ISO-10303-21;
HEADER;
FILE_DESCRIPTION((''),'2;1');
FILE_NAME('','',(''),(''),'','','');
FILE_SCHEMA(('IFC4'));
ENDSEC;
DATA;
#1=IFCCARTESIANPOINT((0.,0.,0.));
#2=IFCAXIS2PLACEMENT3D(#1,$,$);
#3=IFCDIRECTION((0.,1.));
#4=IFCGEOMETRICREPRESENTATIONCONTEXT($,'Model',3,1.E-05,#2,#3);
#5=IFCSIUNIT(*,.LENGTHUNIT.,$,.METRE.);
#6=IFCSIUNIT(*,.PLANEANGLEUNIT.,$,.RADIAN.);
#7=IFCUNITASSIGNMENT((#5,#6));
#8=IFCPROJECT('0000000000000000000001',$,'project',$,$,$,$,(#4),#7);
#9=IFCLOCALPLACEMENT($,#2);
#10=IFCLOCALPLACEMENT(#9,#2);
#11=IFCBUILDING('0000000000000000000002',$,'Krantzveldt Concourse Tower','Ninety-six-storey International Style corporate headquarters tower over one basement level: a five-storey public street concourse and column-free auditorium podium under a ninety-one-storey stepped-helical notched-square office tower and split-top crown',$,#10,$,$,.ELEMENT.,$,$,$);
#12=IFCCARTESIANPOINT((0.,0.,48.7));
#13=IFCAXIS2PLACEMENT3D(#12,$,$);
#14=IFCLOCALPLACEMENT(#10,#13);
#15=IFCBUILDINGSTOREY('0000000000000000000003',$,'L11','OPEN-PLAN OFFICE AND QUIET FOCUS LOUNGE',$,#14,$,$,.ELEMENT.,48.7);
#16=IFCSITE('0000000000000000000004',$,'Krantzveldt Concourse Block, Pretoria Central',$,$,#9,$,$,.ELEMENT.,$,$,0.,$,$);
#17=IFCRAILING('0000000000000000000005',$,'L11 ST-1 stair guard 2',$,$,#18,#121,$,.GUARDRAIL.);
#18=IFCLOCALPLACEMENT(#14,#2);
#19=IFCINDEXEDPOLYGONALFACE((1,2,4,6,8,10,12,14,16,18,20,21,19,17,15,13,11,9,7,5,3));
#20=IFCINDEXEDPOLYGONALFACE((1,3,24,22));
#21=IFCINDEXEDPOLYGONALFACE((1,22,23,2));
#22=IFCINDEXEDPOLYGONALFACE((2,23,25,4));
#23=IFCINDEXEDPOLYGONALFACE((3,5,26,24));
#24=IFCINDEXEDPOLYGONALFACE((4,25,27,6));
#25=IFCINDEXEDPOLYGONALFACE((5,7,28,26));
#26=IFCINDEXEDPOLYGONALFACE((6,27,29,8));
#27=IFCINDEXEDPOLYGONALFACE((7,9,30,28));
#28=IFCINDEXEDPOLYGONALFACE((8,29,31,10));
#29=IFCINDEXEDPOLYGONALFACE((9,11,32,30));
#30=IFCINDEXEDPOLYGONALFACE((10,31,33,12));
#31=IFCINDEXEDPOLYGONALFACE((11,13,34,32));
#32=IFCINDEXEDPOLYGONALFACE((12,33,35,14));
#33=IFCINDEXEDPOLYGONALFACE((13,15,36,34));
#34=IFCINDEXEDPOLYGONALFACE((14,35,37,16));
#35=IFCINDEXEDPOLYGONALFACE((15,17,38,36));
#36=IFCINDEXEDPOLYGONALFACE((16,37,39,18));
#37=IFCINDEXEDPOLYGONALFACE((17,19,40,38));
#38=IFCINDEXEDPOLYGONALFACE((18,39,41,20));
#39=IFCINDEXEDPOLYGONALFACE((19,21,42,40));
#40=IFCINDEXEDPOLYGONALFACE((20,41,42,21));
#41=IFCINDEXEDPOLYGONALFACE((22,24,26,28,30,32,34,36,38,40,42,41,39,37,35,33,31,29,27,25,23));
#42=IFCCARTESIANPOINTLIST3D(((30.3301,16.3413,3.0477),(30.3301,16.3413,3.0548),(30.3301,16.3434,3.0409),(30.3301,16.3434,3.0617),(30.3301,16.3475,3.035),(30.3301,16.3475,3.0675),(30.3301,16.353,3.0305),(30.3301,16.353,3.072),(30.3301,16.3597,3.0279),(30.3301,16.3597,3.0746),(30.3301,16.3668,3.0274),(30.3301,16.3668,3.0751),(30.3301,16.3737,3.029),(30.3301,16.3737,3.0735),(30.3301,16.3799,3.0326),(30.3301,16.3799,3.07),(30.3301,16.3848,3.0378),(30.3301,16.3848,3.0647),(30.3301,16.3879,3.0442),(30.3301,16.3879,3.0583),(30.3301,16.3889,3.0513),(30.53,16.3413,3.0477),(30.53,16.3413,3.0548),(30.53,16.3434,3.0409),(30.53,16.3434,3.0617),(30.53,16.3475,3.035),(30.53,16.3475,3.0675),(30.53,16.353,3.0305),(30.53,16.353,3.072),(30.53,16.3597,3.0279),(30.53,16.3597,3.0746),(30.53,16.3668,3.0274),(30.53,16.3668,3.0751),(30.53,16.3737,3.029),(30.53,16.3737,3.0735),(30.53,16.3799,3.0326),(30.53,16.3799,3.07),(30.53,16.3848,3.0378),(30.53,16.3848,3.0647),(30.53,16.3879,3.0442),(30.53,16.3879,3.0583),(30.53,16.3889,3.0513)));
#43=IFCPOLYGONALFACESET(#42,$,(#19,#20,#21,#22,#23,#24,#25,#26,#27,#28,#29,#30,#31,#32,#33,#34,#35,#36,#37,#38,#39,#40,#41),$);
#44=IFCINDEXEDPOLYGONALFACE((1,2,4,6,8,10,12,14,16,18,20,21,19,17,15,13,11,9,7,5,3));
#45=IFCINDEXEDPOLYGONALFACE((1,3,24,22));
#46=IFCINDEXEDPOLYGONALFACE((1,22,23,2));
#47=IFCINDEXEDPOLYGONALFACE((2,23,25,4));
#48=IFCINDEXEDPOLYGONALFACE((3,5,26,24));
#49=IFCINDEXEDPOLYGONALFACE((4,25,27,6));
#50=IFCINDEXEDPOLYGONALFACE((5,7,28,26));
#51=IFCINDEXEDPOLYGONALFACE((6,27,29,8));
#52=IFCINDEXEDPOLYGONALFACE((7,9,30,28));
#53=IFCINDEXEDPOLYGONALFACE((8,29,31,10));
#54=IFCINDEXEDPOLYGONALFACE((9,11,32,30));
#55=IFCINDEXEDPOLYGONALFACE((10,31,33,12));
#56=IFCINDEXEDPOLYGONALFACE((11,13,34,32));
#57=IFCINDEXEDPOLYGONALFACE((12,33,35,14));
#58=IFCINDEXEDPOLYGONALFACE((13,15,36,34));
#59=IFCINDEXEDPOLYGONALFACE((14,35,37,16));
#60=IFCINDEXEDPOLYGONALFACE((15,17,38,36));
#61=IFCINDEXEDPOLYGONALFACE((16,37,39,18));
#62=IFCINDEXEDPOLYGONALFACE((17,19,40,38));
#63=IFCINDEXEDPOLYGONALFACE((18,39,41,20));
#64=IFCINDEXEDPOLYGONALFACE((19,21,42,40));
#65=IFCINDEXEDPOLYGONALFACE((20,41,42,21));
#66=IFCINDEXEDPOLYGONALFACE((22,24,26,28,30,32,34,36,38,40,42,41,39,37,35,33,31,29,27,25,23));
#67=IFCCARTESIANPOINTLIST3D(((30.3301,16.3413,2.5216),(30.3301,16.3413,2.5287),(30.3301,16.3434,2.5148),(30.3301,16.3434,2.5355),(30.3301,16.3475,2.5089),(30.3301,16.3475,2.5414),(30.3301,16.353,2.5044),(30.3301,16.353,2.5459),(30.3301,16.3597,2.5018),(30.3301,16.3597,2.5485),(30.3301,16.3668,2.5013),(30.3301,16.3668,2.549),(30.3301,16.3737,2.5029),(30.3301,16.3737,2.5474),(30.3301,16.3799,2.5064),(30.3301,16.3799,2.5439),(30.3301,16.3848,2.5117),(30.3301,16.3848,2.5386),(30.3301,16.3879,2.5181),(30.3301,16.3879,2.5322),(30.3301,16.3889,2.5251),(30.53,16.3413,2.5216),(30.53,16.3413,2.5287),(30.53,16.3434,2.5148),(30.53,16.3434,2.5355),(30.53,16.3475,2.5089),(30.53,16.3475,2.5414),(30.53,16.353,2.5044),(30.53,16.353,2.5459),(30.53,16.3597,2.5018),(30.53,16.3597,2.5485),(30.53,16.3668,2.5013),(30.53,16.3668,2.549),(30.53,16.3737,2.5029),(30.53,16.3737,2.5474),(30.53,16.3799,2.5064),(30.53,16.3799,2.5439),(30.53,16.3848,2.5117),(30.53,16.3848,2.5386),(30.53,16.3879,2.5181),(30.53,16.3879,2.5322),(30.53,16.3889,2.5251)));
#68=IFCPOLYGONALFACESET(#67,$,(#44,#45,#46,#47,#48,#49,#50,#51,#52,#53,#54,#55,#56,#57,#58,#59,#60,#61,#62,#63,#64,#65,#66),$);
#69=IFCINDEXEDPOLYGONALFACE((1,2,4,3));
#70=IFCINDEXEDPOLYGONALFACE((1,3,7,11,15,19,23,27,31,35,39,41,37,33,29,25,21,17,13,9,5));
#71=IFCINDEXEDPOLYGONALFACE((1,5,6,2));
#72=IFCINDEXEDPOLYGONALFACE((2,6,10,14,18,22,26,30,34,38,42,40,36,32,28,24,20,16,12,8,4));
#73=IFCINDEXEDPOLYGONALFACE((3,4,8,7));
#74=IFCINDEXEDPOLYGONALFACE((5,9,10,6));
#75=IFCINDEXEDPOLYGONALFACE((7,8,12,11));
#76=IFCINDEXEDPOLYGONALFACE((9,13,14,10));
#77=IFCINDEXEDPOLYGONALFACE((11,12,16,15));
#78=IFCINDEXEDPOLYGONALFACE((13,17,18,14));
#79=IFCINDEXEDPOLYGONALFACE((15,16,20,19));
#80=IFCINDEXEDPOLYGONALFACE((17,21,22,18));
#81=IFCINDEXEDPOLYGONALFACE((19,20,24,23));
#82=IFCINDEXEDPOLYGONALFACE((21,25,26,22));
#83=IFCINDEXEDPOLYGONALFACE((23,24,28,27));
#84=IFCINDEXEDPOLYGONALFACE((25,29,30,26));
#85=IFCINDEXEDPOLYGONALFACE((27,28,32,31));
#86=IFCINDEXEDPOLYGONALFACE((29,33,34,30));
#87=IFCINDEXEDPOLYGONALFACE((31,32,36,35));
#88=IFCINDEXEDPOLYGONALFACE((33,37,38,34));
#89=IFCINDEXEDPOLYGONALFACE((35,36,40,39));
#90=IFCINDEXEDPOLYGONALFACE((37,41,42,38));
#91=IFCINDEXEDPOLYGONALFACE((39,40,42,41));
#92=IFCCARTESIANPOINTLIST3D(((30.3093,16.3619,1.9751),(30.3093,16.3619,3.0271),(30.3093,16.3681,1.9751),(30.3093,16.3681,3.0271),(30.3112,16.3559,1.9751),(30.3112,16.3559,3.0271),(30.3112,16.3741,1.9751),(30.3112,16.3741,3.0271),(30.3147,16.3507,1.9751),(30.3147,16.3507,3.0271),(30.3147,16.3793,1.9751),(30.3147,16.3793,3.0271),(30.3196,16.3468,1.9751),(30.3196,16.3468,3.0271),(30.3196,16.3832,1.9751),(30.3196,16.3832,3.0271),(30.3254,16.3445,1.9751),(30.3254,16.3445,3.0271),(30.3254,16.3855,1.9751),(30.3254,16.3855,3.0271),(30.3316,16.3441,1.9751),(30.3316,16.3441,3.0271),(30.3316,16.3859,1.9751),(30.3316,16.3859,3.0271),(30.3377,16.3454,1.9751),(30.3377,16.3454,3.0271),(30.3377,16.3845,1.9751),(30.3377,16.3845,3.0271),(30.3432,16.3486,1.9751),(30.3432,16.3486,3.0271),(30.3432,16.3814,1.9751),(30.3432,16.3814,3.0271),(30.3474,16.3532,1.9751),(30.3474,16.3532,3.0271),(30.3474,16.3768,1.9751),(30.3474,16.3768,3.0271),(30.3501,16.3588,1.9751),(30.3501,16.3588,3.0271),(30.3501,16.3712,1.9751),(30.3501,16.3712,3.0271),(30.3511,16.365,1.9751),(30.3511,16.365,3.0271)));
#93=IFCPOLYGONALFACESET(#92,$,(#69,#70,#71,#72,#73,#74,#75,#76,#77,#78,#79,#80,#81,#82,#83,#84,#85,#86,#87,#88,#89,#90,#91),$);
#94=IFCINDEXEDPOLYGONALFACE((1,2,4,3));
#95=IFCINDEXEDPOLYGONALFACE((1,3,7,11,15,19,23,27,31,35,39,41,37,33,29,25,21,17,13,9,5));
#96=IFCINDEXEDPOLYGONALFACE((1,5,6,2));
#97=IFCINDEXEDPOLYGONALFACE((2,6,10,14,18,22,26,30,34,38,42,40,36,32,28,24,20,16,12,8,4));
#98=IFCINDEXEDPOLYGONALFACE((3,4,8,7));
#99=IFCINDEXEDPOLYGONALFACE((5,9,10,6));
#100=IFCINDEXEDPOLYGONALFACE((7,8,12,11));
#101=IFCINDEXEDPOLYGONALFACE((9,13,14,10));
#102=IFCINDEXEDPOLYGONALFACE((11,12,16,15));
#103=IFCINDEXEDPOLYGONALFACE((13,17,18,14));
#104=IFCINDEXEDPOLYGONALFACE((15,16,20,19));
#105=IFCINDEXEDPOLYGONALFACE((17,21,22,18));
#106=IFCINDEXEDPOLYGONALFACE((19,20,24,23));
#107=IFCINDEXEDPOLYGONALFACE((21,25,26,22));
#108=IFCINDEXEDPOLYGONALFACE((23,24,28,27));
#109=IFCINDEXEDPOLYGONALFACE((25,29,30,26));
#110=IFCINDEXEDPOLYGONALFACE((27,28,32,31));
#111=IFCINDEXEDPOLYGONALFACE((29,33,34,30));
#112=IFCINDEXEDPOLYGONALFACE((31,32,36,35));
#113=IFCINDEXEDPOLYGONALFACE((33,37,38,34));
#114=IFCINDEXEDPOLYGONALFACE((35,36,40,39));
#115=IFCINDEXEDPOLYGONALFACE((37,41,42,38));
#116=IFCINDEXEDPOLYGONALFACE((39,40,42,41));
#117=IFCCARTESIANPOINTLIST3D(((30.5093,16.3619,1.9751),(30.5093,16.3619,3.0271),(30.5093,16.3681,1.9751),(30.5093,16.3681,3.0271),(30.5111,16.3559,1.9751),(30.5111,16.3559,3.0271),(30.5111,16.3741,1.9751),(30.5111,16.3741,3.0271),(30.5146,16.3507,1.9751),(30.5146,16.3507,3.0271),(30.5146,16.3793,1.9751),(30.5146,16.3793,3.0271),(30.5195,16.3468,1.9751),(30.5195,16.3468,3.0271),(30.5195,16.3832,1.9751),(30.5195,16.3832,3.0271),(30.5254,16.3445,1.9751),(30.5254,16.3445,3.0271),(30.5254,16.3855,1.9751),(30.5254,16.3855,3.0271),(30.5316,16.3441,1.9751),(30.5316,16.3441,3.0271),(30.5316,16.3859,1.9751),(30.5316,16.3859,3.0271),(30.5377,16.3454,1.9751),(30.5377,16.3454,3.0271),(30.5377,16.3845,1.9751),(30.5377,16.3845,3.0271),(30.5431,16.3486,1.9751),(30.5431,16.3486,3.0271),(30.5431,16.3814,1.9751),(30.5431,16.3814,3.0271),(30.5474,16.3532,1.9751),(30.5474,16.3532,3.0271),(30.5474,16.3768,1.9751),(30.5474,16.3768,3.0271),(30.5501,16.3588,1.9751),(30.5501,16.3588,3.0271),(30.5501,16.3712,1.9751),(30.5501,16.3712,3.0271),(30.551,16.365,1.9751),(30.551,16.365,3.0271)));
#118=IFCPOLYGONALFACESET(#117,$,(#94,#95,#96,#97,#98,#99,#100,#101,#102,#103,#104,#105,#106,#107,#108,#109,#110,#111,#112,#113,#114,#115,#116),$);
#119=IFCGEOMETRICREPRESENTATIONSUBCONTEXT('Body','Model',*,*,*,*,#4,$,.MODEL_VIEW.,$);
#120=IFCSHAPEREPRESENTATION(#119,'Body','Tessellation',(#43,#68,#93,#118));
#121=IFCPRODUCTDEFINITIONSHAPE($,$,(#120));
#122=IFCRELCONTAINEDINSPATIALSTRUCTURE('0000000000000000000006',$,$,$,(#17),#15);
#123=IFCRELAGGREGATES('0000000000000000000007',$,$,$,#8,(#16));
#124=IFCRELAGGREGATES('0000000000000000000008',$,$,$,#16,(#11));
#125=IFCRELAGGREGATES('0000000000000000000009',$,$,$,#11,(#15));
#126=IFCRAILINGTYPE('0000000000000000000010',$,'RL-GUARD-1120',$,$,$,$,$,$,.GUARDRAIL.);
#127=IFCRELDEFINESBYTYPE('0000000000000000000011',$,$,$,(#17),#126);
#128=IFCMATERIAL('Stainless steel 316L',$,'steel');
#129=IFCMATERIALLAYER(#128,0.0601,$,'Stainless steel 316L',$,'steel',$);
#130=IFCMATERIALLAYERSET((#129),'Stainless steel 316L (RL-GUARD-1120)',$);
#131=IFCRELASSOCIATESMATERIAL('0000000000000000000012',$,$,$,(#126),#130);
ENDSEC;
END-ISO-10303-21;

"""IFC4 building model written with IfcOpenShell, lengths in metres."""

from ifc_helpers import new_model, si_unit, direction, frame, origin, origin_2d, place, context, subcontext, project, spatial, circle, extrude, material, layer, layer_set, type_object, element, save


model = new_model("IFC4")

# Units and contexts
model_context = context("Model", 3, precision=1e-05, world=origin(), true_north=direction((0.0, 1.0)))
body_context = subcontext(model_context, "Body", "Model", "MODEL_VIEW")
ifc_project = project(units=[si_unit("LENGTHUNIT", "METRE"), si_unit("PLANEANGLEUNIT", "RADIAN")], contexts=[model_context])

# Site, building, storey
site_placement = place(None, origin())
site = spatial("IfcSite", under=ifc_project, at=site_placement, Name="Krantzveldt Concourse Block, Pretoria Central", CompositionType="ELEMENT", RefElevation=0.0)
building_placement = place(site_placement, origin())
building = spatial("IfcBuilding", under=site, at=building_placement, Name="Krantzveldt Concourse Tower", Description="Ninety-six-storey International Style corporate headquarters tower over one basement level: a five-storey public street concourse and column-free auditorium podium under a ninety-one-storey stepped-helical notched-square office tower and split-top crown", CompositionType="ELEMENT")
storey_placement = place(building_placement, frame((0.0, 0.0, 48.7)))
storey = spatial("IfcBuildingStorey", under=building, at=storey_placement, Name="L11", Description="OPEN-PLAN OFFICE AND QUIET FOCUS LOUNGE", CompositionType="ELEMENT", Elevation=48.7)

# Railing
ifc_material_1 = material(Name="Stainless steel 316L", Category="steel")
ifc_layer_1 = layer(ifc_material_1, 0.0601, Name="Stainless steel 316L", Category="steel")
ifc_layer_set_1 = layer_set([ifc_layer_1], Name="Stainless steel 316L (RL-GUARD-1120)")
railing_type_1 = type_object("IfcRailingType", Name="RL-GUARD-1120", PredefinedType="GUARDRAIL", material=ifc_layer_set_1)
railing_1_placement = place(storey_placement, frame((30.3301, 16.365, 1.9751)))
element("IfcRailing", 1, at=railing_1_placement, inside=storey, type_object=railing_type_1, Name="L11 ST-1 stair guard 2", PredefinedType="GUARDRAIL", context=body_context, shape_type="SweptSolid", body=[
    extrude(circle(Radius=0.0239, at=origin_2d()), frame((0.0, 0.0, 1.0762), z_axis=(1.0, 0.0, 0.0), x_axis=(0.0, 1.0, 0.0)), (0.0, 0.0, 1.0), 0.2),
    extrude(circle(Radius=0.0239, at=origin_2d()), frame((0.0, 0.0, 0.55), z_axis=(1.0, 0.0, 0.0), x_axis=(0.0, 1.0, 0.0)), (0.0, 0.0, 1.0), 0.2),
    extrude(circle(Radius=0.021, at=origin_2d()), origin(), (0.0, 0.0, 1.0), 1.052),
    extrude(circle(Radius=0.021, at=origin_2d()), frame((0.2, 0.0, 0.0)), (0.0, 0.0, 1.0), 1.052),
])

save(model, "model.ifc")
